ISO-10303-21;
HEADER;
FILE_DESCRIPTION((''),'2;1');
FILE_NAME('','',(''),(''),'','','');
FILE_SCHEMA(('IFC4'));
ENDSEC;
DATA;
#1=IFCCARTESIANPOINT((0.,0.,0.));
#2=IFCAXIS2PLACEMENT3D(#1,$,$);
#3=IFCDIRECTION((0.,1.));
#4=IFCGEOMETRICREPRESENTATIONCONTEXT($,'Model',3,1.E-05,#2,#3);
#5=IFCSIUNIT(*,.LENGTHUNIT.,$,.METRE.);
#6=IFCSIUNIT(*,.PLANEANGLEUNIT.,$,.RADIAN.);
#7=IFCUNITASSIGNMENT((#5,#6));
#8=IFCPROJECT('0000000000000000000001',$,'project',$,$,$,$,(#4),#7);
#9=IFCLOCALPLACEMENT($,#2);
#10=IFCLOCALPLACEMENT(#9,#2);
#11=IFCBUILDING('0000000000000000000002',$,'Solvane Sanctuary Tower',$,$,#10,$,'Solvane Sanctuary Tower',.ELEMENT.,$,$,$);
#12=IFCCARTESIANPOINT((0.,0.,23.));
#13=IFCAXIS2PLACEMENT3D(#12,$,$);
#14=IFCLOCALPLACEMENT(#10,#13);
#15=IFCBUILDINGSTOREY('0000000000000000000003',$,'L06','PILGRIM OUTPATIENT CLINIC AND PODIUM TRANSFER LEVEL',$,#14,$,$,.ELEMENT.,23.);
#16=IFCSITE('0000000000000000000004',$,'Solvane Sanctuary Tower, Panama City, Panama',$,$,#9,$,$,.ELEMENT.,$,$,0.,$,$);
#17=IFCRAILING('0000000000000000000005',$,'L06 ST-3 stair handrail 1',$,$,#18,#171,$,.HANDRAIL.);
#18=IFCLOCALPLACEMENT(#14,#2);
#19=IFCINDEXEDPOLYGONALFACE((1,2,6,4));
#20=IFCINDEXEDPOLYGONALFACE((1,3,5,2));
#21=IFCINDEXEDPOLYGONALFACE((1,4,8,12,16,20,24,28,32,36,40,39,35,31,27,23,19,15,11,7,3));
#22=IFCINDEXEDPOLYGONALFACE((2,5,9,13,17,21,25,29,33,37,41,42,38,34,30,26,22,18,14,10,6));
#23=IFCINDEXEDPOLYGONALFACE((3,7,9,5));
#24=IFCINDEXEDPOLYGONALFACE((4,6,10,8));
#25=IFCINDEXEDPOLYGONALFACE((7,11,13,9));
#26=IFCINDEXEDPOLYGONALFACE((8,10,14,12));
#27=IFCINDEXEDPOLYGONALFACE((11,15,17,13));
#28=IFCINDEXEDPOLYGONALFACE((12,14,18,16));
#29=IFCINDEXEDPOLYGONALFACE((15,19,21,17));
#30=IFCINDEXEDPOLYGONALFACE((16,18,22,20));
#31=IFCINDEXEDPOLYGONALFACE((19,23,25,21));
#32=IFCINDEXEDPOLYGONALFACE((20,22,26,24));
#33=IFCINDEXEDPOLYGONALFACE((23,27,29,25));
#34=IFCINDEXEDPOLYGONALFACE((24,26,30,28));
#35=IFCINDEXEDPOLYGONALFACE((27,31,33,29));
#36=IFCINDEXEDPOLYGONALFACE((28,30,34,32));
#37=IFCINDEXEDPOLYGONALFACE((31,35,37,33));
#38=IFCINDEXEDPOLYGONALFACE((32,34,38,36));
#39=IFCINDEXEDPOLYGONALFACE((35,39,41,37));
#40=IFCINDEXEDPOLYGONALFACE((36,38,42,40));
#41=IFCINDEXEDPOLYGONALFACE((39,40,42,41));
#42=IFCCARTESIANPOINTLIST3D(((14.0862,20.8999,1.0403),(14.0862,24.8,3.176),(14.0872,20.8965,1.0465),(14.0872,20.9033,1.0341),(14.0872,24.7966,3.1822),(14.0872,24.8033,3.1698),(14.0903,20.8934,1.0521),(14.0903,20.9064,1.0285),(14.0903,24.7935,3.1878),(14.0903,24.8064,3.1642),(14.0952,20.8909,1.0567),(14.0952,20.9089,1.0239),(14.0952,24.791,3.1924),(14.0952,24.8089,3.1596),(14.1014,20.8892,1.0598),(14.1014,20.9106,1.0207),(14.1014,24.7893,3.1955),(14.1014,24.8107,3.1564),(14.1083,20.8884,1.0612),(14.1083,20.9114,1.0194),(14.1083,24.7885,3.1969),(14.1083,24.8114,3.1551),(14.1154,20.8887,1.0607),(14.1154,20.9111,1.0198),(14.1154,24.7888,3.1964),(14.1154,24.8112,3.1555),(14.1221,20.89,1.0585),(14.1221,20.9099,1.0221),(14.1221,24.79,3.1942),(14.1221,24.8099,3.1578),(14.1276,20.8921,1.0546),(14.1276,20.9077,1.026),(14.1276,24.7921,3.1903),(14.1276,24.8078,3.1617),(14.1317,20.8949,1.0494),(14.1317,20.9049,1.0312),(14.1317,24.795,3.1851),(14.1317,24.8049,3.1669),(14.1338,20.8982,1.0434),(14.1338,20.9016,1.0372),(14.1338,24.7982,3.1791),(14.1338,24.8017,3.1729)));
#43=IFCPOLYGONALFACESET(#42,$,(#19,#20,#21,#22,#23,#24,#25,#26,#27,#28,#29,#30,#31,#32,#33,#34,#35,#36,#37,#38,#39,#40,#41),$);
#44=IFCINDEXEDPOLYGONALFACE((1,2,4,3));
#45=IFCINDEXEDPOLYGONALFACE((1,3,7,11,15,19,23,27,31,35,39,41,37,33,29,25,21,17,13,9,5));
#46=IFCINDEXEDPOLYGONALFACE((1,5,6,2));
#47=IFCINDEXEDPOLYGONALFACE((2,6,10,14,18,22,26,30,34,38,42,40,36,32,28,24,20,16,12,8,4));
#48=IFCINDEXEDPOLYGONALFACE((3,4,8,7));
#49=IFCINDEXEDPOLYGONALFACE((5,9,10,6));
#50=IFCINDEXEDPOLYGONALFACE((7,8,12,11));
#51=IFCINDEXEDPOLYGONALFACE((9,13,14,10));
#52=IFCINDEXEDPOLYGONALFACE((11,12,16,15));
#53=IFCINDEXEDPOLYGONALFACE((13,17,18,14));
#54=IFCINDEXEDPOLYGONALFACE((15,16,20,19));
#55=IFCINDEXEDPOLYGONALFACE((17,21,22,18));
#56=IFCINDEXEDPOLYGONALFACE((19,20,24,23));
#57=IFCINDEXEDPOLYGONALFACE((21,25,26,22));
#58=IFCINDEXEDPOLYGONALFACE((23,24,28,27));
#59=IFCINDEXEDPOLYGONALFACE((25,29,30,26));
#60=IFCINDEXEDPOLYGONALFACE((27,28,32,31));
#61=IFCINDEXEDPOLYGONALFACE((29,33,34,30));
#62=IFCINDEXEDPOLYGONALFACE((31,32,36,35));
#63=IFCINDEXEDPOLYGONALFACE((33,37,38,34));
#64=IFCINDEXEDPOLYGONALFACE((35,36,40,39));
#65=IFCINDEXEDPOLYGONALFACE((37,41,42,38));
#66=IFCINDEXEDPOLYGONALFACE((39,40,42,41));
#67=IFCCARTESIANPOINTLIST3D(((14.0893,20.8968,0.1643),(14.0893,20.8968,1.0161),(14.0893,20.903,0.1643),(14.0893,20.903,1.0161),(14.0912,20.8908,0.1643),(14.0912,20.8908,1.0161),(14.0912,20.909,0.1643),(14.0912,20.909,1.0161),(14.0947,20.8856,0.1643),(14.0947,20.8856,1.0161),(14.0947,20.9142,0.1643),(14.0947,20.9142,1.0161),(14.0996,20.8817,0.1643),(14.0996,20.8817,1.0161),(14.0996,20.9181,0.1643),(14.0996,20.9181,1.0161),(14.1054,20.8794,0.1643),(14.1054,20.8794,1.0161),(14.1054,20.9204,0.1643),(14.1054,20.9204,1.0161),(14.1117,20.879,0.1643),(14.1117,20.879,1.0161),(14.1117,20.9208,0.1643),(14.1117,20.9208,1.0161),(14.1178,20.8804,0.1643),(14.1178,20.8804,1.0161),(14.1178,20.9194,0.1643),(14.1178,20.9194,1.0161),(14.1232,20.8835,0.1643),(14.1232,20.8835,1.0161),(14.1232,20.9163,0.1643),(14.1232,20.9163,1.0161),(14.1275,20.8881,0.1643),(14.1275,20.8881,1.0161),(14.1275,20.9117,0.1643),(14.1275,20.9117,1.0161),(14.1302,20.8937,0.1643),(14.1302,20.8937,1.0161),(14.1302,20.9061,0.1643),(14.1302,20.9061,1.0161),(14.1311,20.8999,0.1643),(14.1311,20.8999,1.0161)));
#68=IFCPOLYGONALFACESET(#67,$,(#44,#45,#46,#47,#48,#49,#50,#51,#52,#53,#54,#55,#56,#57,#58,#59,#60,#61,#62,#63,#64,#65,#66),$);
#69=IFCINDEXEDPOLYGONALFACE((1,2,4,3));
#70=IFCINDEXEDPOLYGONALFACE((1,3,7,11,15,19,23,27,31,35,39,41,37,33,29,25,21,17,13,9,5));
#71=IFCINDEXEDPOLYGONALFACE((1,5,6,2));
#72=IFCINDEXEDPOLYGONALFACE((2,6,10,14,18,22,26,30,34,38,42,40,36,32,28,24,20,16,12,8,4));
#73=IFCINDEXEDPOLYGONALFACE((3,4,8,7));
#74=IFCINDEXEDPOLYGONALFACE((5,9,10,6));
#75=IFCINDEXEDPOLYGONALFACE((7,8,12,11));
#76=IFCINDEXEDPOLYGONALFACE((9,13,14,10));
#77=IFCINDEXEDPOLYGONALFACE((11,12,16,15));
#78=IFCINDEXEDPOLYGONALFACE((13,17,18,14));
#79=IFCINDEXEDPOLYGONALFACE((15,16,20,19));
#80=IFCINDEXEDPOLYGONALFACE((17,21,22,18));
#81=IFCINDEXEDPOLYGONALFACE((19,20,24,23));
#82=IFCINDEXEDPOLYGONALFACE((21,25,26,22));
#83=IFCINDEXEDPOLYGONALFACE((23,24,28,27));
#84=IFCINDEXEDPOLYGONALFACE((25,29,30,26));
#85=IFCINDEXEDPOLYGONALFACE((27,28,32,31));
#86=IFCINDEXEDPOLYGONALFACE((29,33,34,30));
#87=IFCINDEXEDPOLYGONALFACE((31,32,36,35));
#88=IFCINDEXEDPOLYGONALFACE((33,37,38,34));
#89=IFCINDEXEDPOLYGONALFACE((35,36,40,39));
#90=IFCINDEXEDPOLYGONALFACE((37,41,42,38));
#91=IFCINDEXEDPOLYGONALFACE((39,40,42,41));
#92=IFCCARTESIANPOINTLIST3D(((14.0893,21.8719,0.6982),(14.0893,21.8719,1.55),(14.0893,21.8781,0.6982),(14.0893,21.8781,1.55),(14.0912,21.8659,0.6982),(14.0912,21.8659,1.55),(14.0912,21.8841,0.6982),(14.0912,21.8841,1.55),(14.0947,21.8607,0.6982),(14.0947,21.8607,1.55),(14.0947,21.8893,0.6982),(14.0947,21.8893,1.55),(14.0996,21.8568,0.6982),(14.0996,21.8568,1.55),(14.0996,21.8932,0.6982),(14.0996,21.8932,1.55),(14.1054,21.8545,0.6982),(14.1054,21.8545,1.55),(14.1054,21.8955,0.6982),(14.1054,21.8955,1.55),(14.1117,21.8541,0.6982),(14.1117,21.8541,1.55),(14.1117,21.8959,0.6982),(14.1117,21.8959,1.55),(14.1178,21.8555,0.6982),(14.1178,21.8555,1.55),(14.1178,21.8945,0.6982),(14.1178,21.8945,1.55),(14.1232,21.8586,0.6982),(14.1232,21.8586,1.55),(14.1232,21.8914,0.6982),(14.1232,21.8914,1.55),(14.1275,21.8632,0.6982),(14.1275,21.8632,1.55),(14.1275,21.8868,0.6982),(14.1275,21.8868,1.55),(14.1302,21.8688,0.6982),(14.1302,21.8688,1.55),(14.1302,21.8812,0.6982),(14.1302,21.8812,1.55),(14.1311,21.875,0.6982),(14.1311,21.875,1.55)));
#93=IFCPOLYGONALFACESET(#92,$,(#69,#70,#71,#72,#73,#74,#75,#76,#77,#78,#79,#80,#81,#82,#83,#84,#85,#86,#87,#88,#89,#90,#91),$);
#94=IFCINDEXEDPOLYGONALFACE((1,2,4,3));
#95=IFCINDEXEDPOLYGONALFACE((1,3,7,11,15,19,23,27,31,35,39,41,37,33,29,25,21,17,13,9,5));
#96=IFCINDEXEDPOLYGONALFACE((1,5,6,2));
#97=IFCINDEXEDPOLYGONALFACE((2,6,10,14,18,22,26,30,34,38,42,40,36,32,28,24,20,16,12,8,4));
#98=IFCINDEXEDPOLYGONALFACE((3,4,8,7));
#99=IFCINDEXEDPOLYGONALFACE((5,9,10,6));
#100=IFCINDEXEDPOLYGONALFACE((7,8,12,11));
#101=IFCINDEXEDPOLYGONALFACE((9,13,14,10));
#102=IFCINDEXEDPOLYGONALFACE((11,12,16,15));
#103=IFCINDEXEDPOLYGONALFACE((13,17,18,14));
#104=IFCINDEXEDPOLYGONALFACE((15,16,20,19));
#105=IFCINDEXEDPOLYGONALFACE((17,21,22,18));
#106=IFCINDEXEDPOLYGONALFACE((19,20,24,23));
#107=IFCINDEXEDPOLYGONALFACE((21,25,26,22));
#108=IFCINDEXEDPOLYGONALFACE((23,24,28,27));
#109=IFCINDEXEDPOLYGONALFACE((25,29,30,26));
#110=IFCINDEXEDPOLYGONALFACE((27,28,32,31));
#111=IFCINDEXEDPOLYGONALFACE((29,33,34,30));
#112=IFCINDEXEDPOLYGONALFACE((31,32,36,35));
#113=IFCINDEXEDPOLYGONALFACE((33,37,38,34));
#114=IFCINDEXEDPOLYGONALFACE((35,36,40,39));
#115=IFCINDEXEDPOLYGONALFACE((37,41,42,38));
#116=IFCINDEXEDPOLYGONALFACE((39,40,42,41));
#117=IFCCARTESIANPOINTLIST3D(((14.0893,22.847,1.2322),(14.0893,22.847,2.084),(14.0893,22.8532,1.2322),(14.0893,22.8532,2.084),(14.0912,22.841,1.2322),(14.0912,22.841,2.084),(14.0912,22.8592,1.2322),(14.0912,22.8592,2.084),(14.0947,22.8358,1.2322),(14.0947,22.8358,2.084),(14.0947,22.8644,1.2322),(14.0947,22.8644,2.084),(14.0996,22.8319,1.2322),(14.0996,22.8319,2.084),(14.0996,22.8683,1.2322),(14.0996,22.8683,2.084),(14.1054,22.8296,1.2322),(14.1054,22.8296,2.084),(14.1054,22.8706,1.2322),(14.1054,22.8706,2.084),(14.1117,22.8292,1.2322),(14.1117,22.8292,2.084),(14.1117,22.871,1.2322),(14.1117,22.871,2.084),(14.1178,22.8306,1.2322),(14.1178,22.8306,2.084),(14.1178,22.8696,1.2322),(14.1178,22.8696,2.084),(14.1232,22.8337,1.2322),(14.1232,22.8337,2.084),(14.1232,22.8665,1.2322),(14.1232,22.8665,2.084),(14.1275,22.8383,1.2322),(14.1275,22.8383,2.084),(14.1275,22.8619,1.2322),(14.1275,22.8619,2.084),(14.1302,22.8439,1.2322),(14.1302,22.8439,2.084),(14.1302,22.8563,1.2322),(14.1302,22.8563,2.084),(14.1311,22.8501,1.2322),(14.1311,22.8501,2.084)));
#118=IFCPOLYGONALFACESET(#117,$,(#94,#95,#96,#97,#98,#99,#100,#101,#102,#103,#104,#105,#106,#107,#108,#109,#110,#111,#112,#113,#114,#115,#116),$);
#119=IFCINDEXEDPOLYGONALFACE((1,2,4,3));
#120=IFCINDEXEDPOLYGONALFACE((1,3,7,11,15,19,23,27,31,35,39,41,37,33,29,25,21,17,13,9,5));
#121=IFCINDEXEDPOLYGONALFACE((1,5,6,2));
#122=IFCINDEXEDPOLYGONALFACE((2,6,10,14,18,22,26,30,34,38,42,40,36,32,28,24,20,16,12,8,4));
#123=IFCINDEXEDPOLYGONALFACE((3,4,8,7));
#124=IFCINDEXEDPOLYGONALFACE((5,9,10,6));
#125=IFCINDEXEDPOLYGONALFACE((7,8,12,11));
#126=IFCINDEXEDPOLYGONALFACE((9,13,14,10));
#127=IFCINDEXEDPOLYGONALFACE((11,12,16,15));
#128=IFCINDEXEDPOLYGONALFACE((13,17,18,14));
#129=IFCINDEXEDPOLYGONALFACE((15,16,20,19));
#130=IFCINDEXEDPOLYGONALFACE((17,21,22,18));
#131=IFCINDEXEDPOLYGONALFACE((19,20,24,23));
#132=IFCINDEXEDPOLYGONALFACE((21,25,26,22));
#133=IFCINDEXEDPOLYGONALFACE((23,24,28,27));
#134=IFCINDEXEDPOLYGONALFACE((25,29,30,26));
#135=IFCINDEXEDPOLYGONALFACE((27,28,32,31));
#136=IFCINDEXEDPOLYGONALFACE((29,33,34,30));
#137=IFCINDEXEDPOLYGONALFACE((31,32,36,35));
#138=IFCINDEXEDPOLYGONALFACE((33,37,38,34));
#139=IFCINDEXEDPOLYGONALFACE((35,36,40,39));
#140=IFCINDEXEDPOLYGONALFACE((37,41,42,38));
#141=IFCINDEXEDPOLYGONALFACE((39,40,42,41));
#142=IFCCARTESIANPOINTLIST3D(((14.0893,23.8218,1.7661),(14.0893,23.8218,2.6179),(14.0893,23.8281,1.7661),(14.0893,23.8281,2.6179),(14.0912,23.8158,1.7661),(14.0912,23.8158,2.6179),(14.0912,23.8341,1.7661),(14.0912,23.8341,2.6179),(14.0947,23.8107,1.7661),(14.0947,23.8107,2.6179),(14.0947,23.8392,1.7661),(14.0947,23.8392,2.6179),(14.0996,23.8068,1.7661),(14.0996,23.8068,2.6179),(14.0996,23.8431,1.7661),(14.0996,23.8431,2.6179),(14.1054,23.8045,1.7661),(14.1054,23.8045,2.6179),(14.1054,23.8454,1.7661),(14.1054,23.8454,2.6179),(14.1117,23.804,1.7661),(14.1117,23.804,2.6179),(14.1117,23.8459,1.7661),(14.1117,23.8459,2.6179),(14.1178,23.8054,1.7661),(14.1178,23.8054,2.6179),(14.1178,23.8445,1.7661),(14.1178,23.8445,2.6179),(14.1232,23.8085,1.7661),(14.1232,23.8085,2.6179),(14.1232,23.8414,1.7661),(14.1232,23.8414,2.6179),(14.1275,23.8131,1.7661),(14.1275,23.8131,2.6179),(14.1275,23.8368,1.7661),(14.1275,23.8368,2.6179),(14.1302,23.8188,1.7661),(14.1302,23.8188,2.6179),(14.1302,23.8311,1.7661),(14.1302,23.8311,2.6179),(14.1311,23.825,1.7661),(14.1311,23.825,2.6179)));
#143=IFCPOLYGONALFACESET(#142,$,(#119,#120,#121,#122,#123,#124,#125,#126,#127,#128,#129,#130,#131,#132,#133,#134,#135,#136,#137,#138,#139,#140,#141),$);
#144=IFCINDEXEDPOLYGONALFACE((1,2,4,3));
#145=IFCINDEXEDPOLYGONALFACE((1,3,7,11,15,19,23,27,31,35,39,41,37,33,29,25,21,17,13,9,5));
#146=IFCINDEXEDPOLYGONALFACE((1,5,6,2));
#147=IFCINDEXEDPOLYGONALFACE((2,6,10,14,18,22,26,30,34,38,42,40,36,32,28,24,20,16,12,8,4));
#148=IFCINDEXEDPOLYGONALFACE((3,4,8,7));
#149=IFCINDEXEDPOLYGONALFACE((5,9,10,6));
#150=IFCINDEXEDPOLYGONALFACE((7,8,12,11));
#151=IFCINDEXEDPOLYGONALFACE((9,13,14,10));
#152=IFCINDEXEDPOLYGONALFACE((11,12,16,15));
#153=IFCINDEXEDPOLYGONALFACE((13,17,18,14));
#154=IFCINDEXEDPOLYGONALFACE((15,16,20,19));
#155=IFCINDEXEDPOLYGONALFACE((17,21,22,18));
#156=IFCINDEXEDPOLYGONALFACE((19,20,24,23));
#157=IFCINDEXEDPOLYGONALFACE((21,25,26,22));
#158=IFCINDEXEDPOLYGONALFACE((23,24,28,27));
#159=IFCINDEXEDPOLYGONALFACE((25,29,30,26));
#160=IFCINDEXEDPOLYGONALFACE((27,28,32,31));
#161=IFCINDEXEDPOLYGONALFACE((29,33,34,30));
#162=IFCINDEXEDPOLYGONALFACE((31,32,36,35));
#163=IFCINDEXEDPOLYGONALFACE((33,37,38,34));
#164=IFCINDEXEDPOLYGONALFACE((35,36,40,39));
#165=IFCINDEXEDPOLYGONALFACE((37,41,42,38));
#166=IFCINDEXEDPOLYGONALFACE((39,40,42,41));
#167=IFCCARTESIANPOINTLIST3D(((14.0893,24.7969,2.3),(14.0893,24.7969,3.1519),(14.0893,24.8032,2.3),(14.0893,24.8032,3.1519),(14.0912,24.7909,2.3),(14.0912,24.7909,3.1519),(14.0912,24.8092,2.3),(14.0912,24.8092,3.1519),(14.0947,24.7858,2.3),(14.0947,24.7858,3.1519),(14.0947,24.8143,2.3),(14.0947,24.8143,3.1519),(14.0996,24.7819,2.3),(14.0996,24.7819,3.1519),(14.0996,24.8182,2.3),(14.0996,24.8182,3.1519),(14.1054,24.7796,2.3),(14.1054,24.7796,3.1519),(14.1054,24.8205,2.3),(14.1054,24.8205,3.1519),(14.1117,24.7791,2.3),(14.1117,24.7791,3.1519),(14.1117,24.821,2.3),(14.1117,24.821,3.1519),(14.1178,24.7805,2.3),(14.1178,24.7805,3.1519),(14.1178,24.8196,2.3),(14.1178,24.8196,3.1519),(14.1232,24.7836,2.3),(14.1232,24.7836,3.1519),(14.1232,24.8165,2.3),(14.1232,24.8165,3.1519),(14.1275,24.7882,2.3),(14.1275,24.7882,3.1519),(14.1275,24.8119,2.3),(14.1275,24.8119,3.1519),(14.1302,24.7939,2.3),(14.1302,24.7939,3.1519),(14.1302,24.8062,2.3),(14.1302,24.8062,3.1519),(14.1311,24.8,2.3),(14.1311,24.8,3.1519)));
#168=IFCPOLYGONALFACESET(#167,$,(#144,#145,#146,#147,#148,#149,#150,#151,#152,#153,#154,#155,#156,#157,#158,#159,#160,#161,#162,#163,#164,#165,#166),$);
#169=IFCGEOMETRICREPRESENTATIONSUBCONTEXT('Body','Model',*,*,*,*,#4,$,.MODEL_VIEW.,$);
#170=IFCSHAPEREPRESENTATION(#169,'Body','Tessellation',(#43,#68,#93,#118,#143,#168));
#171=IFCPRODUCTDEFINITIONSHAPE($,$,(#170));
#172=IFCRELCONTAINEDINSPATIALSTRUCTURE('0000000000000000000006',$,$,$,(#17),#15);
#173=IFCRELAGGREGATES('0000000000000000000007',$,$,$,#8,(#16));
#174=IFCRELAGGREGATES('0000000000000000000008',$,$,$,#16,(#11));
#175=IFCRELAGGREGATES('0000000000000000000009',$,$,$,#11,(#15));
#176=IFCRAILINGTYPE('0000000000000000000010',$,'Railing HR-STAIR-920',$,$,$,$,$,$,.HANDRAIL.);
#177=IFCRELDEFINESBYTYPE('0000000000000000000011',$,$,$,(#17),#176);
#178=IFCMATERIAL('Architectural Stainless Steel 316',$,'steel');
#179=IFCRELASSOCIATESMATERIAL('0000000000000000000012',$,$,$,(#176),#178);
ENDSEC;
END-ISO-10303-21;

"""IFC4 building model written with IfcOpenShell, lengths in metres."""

from ifc_helpers import new_model, si_unit, direction, frame, origin, origin_2d, place, context, subcontext, project, spatial, circle, extrude, material, type_object, element, save


model = new_model("IFC4")

# Units and contexts
model_context = context("Model", 3, precision=1e-05, world=origin(), true_north=direction((0.0, 1.0)))
body_context = subcontext(model_context, "Body", "Model", "MODEL_VIEW")
ifc_project = project(units=[si_unit("LENGTHUNIT", "METRE"), si_unit("PLANEANGLEUNIT", "RADIAN")], contexts=[model_context])

# Site, building, storey
site_placement = place(None, origin())
site = spatial("IfcSite", under=ifc_project, at=site_placement, Name="Solvane Sanctuary Tower, Panama City, Panama", CompositionType="ELEMENT", RefElevation=0.0)
building_placement = place(site_placement, origin())
building = spatial("IfcBuilding", under=site, at=building_placement, Name="Solvane Sanctuary Tower", LongName="Solvane Sanctuary Tower", CompositionType="ELEMENT")
storey_placement = place(building_placement, frame((0.0, 0.0, 23.0)))
storey = spatial("IfcBuildingStorey", under=building, at=storey_placement, Name="L06", Description="PILGRIM OUTPATIENT CLINIC AND PODIUM TRANSFER LEVEL", CompositionType="ELEMENT", Elevation=23.0)

# Railing
ifc_material_1 = material(Name="Architectural Stainless Steel 316", Category="steel")
railing_type_1 = type_object("IfcRailingType", Name="Railing HR-STAIR-920", PredefinedType="HANDRAIL", material=ifc_material_1)
railing_1_placement = place(storey_placement, frame((14.1101, 20.8999, 0.1643)))
element("IfcRailing", 1, at=railing_1_placement, inside=storey, type_object=railing_type_1, Name="L06 ST-3 stair handrail 1", PredefinedType="HANDRAIL", context=body_context, shape_type="SweptSolid", body=[
    extrude(circle(Radius=0.0239, at=origin_2d()), frame((0.0, 0.0, 0.876), z_axis=(0.0, 0.877101, 0.480306), x_axis=(-1.0, 0.0, 0.0)), (0.0, 0.0, 1.0), 4.4465),
    extrude(circle(Radius=0.021, at=origin_2d()), origin(), (0.0, 0.0, 1.0), 0.8518),
    extrude(circle(Radius=0.021, at=origin_2d()), frame((0.0, 0.9751, 0.5339)), (0.0, 0.0, 1.0), 0.8518),
    extrude(circle(Radius=0.021, at=origin_2d()), frame((0.0, 1.9502, 1.0679)), (0.0, 0.0, 1.0), 0.8518),
    extrude(circle(Radius=0.021, at=origin_2d()), frame((0.0, 2.925, 1.6018)), (0.0, 0.0, 1.0), 0.8518),
    extrude(circle(Radius=0.021, at=origin_2d()), frame((0.0, 3.9001, 2.1357)), (0.0, 0.0, 1.0), 0.8518),
])

save(model, "model.ifc")
